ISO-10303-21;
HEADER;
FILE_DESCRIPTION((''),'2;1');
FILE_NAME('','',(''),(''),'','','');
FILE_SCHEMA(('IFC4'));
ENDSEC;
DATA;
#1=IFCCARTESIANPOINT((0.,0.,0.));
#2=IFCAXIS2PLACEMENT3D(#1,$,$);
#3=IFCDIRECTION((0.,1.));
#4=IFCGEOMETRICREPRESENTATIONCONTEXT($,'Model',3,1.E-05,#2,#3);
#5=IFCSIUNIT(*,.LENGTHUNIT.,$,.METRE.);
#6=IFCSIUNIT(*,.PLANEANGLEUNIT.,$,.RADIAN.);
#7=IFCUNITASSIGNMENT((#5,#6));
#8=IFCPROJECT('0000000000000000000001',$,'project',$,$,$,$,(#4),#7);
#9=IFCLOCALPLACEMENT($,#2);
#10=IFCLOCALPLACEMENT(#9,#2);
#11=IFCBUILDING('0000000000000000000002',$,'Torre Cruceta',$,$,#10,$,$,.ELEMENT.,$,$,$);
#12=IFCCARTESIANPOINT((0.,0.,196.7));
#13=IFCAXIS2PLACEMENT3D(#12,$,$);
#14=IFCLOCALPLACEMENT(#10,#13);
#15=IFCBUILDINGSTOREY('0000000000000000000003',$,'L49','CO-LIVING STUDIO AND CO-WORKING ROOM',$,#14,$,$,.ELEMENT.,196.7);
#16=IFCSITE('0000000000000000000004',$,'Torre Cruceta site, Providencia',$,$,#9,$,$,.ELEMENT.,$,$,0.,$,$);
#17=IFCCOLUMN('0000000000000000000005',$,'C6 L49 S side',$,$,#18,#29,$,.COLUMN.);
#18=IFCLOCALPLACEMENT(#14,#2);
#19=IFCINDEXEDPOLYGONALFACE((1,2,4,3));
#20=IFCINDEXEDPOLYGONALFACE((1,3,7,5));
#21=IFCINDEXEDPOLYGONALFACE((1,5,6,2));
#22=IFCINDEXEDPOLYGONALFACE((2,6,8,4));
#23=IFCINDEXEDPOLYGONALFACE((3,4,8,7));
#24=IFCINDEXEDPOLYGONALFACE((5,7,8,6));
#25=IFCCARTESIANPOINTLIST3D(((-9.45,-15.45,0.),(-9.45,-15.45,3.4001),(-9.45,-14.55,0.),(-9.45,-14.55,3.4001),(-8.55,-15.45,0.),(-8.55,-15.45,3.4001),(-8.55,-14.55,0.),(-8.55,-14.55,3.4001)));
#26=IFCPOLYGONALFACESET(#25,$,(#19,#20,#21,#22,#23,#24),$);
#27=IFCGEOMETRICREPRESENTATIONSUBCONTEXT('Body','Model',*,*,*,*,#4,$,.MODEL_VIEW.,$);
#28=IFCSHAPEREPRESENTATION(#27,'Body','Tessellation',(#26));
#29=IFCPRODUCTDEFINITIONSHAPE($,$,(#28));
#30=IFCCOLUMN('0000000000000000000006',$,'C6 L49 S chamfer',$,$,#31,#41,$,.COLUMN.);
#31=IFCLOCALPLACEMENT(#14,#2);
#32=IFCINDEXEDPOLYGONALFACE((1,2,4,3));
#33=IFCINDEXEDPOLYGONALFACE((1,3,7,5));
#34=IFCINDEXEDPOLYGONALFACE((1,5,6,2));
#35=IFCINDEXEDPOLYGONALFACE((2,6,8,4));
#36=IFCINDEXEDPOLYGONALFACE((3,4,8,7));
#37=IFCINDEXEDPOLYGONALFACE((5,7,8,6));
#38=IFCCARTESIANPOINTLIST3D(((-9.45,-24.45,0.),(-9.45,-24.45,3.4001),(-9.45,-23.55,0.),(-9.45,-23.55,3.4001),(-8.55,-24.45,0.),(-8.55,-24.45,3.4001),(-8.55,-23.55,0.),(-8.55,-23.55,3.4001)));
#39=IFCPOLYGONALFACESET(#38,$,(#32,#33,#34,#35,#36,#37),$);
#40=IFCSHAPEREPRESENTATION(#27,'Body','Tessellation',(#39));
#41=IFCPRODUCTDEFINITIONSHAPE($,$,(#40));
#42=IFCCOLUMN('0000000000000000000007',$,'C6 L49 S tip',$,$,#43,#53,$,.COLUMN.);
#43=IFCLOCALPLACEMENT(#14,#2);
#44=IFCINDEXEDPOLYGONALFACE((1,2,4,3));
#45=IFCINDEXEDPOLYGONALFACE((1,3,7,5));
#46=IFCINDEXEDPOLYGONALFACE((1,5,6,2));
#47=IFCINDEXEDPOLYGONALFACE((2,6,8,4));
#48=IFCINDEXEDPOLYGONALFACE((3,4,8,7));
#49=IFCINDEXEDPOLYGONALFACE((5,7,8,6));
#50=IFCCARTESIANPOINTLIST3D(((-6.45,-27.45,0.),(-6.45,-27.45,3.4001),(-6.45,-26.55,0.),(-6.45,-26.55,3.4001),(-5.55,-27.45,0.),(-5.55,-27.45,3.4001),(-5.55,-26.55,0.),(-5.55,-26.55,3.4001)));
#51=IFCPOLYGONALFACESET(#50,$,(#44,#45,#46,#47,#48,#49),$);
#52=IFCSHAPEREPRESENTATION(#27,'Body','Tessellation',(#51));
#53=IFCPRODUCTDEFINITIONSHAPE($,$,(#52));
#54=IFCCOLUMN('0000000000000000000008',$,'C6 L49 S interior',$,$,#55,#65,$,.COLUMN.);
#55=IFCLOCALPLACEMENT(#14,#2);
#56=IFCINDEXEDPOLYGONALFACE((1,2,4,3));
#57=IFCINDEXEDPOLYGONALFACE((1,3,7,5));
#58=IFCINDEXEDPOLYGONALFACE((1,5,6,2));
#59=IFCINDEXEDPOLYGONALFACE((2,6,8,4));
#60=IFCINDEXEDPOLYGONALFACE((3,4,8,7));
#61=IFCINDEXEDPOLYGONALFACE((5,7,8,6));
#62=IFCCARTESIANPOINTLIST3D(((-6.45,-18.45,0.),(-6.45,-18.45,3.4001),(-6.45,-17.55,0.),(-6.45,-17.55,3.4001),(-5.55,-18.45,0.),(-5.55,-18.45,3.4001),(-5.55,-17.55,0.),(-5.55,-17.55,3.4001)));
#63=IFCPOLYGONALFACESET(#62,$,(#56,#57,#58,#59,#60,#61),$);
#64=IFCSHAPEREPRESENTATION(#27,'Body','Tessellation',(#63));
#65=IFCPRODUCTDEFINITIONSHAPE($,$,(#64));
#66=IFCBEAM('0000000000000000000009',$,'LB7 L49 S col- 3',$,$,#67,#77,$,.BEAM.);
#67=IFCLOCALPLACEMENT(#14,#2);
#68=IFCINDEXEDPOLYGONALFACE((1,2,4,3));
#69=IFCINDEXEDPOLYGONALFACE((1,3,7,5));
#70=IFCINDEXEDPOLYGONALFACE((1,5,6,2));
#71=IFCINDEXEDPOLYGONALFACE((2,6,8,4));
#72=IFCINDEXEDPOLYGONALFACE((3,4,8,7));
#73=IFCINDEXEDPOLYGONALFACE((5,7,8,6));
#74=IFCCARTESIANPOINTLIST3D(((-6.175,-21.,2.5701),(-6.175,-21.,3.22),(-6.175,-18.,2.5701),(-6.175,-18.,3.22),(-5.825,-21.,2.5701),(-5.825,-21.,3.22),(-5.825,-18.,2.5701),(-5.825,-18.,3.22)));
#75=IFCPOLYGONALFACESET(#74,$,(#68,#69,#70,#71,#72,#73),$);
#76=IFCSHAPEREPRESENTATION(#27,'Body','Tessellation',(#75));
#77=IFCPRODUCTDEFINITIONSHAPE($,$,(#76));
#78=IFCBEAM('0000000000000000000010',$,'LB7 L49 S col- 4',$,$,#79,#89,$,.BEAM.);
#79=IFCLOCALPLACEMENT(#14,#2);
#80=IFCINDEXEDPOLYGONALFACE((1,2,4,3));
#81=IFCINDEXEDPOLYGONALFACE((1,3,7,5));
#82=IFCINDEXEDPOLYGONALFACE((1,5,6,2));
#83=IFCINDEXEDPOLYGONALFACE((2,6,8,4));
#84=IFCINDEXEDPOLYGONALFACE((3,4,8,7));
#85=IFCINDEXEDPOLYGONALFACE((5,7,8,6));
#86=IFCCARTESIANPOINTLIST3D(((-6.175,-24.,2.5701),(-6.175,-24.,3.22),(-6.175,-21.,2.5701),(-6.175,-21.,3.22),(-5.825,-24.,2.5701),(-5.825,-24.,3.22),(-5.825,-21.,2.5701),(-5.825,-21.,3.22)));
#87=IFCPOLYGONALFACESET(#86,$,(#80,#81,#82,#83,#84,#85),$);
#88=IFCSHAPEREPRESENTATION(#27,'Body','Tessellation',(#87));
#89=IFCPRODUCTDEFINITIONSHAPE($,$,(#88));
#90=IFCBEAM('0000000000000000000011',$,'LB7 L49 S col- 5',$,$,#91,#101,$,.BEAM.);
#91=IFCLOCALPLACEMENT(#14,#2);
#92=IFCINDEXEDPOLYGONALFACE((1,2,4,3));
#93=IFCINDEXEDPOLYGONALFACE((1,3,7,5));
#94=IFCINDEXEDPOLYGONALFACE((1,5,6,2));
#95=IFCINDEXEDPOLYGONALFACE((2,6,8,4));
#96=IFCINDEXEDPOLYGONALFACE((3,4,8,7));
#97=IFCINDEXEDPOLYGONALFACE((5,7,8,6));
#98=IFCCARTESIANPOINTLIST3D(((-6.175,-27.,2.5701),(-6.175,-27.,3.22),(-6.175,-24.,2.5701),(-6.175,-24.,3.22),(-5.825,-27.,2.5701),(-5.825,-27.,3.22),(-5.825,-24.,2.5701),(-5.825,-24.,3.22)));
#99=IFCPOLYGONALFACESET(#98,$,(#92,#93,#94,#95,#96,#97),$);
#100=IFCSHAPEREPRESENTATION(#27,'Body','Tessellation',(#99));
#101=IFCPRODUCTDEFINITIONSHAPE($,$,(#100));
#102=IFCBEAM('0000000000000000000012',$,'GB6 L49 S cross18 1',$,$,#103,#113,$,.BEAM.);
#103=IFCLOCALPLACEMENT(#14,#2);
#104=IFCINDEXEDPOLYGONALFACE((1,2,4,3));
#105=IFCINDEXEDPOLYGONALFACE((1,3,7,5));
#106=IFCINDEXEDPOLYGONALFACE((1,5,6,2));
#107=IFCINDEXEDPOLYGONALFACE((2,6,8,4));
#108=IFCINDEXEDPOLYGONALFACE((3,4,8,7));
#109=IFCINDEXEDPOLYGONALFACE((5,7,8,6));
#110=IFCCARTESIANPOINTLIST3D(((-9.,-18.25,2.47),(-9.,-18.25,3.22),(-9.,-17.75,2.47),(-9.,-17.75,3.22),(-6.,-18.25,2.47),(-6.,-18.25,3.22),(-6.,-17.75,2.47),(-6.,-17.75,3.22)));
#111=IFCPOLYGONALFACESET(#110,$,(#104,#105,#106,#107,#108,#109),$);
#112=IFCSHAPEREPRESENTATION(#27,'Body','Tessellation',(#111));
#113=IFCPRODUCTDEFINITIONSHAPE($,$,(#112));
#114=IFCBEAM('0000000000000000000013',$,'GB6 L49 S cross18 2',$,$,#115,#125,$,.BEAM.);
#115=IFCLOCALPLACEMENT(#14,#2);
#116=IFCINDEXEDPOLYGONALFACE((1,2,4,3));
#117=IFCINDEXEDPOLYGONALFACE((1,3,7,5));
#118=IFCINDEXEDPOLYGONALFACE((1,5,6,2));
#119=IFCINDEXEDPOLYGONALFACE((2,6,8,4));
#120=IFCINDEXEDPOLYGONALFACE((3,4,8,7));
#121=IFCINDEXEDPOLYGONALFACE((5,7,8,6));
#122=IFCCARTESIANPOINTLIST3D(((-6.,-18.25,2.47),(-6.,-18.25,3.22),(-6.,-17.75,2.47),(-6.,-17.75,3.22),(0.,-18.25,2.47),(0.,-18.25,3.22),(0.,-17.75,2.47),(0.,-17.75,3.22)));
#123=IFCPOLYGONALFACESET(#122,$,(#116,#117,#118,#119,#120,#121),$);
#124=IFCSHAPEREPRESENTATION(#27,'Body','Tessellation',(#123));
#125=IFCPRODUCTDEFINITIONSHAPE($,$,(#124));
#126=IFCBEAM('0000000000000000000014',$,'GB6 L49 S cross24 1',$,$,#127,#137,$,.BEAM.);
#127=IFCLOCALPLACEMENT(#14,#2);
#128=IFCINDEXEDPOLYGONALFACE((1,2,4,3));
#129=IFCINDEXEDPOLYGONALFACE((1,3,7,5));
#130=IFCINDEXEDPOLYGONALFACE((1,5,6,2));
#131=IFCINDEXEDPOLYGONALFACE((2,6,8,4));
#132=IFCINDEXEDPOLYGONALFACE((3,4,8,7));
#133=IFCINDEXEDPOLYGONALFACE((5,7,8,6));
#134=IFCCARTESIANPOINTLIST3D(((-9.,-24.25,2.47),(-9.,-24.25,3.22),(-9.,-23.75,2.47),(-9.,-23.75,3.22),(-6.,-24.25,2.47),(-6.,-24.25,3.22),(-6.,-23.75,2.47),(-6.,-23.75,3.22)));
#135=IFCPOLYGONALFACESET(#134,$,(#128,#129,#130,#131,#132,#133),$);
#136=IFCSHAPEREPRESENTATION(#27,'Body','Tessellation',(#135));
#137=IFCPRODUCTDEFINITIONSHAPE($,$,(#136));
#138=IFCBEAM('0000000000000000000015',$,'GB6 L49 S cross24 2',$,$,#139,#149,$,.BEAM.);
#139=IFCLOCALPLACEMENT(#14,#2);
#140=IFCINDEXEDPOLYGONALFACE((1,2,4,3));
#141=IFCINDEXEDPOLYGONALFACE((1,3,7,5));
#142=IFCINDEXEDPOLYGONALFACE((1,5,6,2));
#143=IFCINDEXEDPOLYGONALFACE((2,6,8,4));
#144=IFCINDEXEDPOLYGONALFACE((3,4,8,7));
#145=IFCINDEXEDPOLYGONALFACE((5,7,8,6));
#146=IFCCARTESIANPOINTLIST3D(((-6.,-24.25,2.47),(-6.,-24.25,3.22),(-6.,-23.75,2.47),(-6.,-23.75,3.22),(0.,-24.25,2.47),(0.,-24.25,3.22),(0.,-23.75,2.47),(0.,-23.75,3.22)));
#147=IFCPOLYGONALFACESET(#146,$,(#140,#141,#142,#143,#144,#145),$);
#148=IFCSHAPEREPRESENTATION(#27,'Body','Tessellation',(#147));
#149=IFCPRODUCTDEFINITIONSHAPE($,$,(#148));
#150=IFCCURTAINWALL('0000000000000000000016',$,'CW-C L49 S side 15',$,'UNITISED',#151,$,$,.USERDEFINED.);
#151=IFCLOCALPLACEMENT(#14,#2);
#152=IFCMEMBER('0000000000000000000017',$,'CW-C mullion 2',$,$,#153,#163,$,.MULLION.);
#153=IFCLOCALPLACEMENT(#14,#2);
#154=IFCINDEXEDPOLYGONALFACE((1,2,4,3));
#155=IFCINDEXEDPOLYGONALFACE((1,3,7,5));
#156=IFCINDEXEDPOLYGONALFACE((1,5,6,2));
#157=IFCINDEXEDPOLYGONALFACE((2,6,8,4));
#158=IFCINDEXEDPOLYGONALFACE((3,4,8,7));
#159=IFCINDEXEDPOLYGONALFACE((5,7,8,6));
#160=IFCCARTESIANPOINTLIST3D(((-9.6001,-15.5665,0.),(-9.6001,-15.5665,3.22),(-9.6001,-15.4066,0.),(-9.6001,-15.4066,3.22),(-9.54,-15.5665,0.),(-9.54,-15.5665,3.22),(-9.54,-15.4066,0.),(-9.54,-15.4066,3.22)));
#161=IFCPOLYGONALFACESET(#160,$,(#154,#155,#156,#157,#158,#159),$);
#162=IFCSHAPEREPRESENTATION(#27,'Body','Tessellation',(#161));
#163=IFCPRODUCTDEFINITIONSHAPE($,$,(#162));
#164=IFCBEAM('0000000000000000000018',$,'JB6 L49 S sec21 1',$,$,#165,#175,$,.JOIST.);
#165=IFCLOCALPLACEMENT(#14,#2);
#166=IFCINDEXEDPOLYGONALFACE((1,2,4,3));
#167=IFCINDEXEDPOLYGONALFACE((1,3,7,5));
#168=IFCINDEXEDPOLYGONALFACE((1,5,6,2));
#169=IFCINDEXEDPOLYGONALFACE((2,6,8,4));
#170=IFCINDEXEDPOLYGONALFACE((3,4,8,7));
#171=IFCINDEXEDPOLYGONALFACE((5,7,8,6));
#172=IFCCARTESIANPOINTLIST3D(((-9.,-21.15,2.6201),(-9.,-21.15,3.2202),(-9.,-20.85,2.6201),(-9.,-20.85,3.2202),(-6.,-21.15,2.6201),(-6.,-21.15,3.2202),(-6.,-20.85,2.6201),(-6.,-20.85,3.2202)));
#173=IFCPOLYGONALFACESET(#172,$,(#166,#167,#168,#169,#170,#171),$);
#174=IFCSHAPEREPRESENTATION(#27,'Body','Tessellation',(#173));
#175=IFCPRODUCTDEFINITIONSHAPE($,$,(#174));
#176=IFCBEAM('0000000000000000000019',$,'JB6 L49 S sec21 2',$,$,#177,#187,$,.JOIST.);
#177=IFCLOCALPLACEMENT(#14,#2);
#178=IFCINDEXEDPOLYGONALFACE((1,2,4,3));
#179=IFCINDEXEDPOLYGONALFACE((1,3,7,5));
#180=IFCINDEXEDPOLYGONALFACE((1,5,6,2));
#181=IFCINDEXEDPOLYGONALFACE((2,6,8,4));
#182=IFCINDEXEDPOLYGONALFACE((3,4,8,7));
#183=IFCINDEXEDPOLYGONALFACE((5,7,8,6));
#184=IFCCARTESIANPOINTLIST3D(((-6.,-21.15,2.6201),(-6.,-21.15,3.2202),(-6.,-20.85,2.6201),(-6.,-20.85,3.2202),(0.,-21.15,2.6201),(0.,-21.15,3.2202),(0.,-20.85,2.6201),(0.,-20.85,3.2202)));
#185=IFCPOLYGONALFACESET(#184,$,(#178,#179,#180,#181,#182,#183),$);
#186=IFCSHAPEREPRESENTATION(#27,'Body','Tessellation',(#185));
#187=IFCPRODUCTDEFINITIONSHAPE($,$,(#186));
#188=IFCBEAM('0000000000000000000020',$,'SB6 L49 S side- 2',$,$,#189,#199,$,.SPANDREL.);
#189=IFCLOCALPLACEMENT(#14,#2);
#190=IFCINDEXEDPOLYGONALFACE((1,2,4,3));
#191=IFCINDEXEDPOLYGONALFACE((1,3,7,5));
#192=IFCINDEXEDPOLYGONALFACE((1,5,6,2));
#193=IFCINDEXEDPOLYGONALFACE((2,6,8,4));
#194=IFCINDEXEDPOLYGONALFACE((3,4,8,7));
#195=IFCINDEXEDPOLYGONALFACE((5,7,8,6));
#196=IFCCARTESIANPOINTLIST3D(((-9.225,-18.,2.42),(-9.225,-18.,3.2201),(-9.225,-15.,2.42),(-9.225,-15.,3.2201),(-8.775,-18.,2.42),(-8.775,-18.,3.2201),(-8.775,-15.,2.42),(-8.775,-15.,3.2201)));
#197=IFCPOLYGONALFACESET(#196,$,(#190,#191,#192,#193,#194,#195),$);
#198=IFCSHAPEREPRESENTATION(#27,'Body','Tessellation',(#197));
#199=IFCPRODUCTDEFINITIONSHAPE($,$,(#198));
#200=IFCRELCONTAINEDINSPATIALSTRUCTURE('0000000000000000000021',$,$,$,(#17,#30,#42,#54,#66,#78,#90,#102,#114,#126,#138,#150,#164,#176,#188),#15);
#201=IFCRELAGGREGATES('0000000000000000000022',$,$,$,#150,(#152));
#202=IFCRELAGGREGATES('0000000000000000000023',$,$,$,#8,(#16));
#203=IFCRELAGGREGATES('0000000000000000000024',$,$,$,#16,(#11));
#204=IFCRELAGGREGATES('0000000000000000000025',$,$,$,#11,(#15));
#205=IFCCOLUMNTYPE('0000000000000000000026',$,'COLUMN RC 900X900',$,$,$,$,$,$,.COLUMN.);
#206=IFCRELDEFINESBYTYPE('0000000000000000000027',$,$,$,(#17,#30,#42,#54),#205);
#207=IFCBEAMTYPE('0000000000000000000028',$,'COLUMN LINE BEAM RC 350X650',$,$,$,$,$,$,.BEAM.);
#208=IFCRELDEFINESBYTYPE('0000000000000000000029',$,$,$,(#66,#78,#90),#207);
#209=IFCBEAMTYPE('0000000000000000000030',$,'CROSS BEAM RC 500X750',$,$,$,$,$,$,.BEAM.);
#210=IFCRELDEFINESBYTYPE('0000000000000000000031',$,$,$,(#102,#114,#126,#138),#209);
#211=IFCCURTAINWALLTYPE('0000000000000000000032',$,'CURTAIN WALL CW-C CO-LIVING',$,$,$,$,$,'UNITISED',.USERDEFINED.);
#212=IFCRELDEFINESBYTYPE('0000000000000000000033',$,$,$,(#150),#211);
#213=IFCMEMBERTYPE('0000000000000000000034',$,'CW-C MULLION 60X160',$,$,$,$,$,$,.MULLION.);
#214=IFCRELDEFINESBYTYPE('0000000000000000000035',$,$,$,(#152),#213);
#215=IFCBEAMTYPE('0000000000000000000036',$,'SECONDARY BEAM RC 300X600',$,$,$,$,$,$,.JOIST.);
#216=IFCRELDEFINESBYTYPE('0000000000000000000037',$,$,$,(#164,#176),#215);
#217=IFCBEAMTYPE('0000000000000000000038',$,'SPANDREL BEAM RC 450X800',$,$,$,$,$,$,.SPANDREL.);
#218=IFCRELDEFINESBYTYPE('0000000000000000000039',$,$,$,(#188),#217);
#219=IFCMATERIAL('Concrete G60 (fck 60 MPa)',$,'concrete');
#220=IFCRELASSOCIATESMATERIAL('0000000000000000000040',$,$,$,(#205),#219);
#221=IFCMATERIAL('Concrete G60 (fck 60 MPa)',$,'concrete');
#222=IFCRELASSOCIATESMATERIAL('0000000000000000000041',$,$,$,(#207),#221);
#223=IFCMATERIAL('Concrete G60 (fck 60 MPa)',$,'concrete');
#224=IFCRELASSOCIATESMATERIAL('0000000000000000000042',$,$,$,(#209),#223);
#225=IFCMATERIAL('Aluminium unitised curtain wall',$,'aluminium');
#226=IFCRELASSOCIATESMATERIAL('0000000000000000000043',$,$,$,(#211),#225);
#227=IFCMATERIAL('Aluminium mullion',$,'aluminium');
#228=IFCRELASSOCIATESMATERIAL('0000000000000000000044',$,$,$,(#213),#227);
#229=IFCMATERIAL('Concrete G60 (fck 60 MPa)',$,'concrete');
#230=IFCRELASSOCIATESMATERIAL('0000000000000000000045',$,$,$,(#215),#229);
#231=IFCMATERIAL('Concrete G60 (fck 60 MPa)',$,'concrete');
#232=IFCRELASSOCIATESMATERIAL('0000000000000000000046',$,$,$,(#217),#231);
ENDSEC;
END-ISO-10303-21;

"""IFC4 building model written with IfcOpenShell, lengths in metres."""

from ifc_helpers import new_model, si_unit, direction, frame, origin, origin_2d, place, context, subcontext, project, spatial, rectangle, extrude, material, material_profile, profile_set, type_object, element, aggregate, save


model = new_model("IFC4")

# Units and contexts
model_context = context("Model", 3, precision=1e-05, world=origin(), true_north=direction((0.0, 1.0)))
body_context = subcontext(model_context, "Body", "Model", "MODEL_VIEW")
ifc_project = project(units=[si_unit("LENGTHUNIT", "METRE"), si_unit("PLANEANGLEUNIT", "RADIAN")], contexts=[model_context])

# Site, building, storey
site_placement = place(None, origin())
site = spatial("IfcSite", under=ifc_project, at=site_placement, Name="Torre Cruceta site, Providencia", CompositionType="ELEMENT", RefElevation=0.0)
building_placement = place(site_placement, origin())
building = spatial("IfcBuilding", under=site, at=building_placement, Name="Torre Cruceta", CompositionType="ELEMENT")
storey_placement = place(building_placement, frame((0.0, 0.0, 196.7)))
storey = spatial("IfcBuildingStorey", under=building, at=storey_placement, Name="L49", Description="CO-LIVING STUDIO AND CO-WORKING ROOM", CompositionType="ELEMENT", Elevation=196.7)

# Columns
ifc_material_1 = material(Name="Concrete G60 (fck 60 MPa)", Category="concrete")
ifc_material_profile_1 = material_profile(ifc_material_1, rectangle(XDim=0.8999, YDim=0.8999, at=origin_2d()), Name="RC 900X900")
ifc_profile_set_1 = profile_set([ifc_material_profile_1], Name="Concrete G60 (fck 60 MPa)")
column_type = type_object("IfcColumnType", Name="COLUMN RC 900X900", PredefinedType="COLUMN", material=ifc_profile_set_1)
for number, where, z_axis, x_axis, name in (
    (1, (-9.0, -15.0, 0.0), (0.0, 0.0, 1.0), (1.0, 0.0, 0.0), "C6 L49 S side"),
    (2, (-9.0, -24.0, 0.0), (0.0, 0.0, 1.0), (1.0, 0.0, 0.0), "C6 L49 S chamfer"),
    (3, (-6.0, -27.0, 0.0), (0.0, 0.0, 1.0), (1.0, 0.0, 0.0), "C6 L49 S tip"),
    (4, (-6.0, -18.0, 0.0), (0.0, 0.0, 1.0), (1.0, 0.0, 0.0), "C6 L49 S interior"),
):
    element("IfcColumn", number, at=place(storey_placement, frame(where, z_axis=z_axis, x_axis=x_axis)), inside=storey, type_object=column_type, Name=name, PredefinedType="COLUMN", context=body_context, shape_type="SweptSolid", body=[
        extrude(rectangle(XDim=0.8999, YDim=0.8999, at=origin_2d()), origin(), (0.0, 0.0, 1.0), 3.4001),
    ])

# Beams
ifc_material_2 = material(Name="Concrete G60 (fck 60 MPa)", Category="concrete")
ifc_material_profile_2 = material_profile(ifc_material_2, rectangle(XDim=0.3501, YDim=0.6499, at=origin_2d()), Name="RC 350X650")
ifc_profile_set_2 = profile_set([ifc_material_profile_2], Name="Concrete G60 (fck 60 MPa)")
beam_type_1 = type_object("IfcBeamType", Name="COLUMN LINE BEAM RC 350X650", PredefinedType="BEAM", material=ifc_profile_set_2)
for number, where, z_axis, x_axis, name in (
    (5, (-6.0, -18.0, 2.895), (0.0, -1.0, 0.0), (1.0, 0.0, 0.0), "LB7 L49 S col- 3"),
    (6, (-6.0, -21.0, 2.895), (0.0, -1.0, 0.0), (1.0, 0.0, 0.0), "LB7 L49 S col- 4"),
    (7, (-6.0, -24.0, 2.895), (0.0, -1.0, 0.0), (1.0, 0.0, 0.0), "LB7 L49 S col- 5"),
):
    element("IfcBeam", number, at=place(storey_placement, frame(where, z_axis=z_axis, x_axis=x_axis)), inside=storey, type_object=beam_type_1, Name=name, PredefinedType="BEAM", context=body_context, shape_type="SweptSolid", body=[
        extrude(rectangle(XDim=0.3501, YDim=0.6499, at=origin_2d()), origin(), (0.0, 0.0, 1.0), 3.0),
    ])
ifc_material_3 = material(Name="Concrete G60 (fck 60 MPa)", Category="concrete")
ifc_material_profile_3 = material_profile(ifc_material_3, rectangle(XDim=0.5, YDim=0.75, at=origin_2d()), Name="RC 500X750")
ifc_profile_set_3 = profile_set([ifc_material_profile_3], Name="Concrete G60 (fck 60 MPa)")
beam_type_2 = type_object("IfcBeamType", Name="CROSS BEAM RC 500X750", PredefinedType="BEAM", material=ifc_profile_set_3)
beam_1_placement = place(storey_placement, frame((-9.0, -18.0, 2.845), z_axis=(1.0, 0.0, 0.0), x_axis=(0.0, 1.0, 0.0)))
element("IfcBeam", 8, at=beam_1_placement, inside=storey, type_object=beam_type_2, Name="GB6 L49 S cross18 1", PredefinedType="BEAM", context=body_context, shape_type="SweptSolid", body=[
    extrude(rectangle(XDim=0.5, YDim=0.75, at=origin_2d()), origin(), (0.0, 0.0, 1.0), 3.0),
])
beam_2_placement = place(storey_placement, frame((-6.0, -18.0, 2.845), z_axis=(1.0, 0.0, 0.0), x_axis=(0.0, 1.0, 0.0)))
element("IfcBeam", 9, at=beam_2_placement, inside=storey, type_object=beam_type_2, Name="GB6 L49 S cross18 2", PredefinedType="BEAM", context=body_context, shape_type="SweptSolid", body=[
    extrude(rectangle(XDim=0.5, YDim=0.75, at=origin_2d()), origin(), (0.0, 0.0, 1.0), 6.0),
])
beam_3_placement = place(storey_placement, frame((-9.0, -24.0, 2.845), z_axis=(1.0, 0.0, 0.0), x_axis=(0.0, 1.0, 0.0)))
element("IfcBeam", 10, at=beam_3_placement, inside=storey, type_object=beam_type_2, Name="GB6 L49 S cross24 1", PredefinedType="BEAM", context=body_context, shape_type="SweptSolid", body=[
    extrude(rectangle(XDim=0.5, YDim=0.75, at=origin_2d()), origin(), (0.0, 0.0, 1.0), 3.0),
])
beam_4_placement = place(storey_placement, frame((-6.0, -24.0, 2.845), z_axis=(1.0, 0.0, 0.0), x_axis=(0.0, 1.0, 0.0)))
element("IfcBeam", 11, at=beam_4_placement, inside=storey, type_object=beam_type_2, Name="GB6 L49 S cross24 2", PredefinedType="BEAM", context=body_context, shape_type="SweptSolid", body=[
    extrude(rectangle(XDim=0.5, YDim=0.75, at=origin_2d()), origin(), (0.0, 0.0, 1.0), 6.0),
])

# Curtain wall, member
ifc_material_4 = material(Name="Aluminium unitised curtain wall", Category="aluminium")
curtain_wall_type = type_object("IfcCurtainWallType", Name="CURTAIN WALL CW-C CO-LIVING", ElementType="UNITISED", PredefinedType="USERDEFINED", material=ifc_material_4)
curtain_wall_placement = place(storey_placement, origin())
curtain_wall = element("IfcCurtainWall", 12, at=curtain_wall_placement, inside=storey, type_object=curtain_wall_type, Name="CW-C L49 S side 15", ObjectType="UNITISED", PredefinedType="USERDEFINED")
ifc_material_5 = material(Name="Aluminium mullion", Category="aluminium")
ifc_material_profile_4 = material_profile(ifc_material_5, rectangle(XDim=0.0601, YDim=0.1599, at=origin_2d()), Name="AL 60X160")
ifc_profile_set_4 = profile_set([ifc_material_profile_4], Name="Aluminium mullion")
member_type = type_object("IfcMemberType", Name="CW-C MULLION 60X160", PredefinedType="MULLION", material=ifc_profile_set_4)
member_placement = place(storey_placement, frame((-9.5701, -15.4866, 0.0), z_axis=(0.0, 0.0, 1.0), x_axis=(1.0, 0.0, 0.0)))
member = element("IfcMember", 13, at=member_placement, type_object=member_type, Name="CW-C mullion 2", PredefinedType="MULLION", context=body_context, shape_type="SweptSolid", body=[
    extrude(rectangle(XDim=0.0601, YDim=0.1599, at=origin_2d()), origin(), (0.0, 0.0, 1.0), 3.22),
])
aggregate(curtain_wall, [member])

# Beams
ifc_material_6 = material(Name="Concrete G60 (fck 60 MPa)", Category="concrete")
ifc_material_profile_5 = material_profile(ifc_material_6, rectangle(XDim=0.3, YDim=0.6001, at=origin_2d()), Name="RC 300X600")
ifc_profile_set_5 = profile_set([ifc_material_profile_5], Name="Concrete G60 (fck 60 MPa)")
beam_type_3 = type_object("IfcBeamType", Name="SECONDARY BEAM RC 300X600", PredefinedType="JOIST", material=ifc_profile_set_5)
beam_5_placement = place(storey_placement, frame((-9.0, -21.0, 2.9202), z_axis=(1.0, 0.0, 0.0), x_axis=(0.0, 1.0, 0.0)))
element("IfcBeam", 14, at=beam_5_placement, inside=storey, type_object=beam_type_3, Name="JB6 L49 S sec21 1", PredefinedType="JOIST", context=body_context, shape_type="SweptSolid", body=[
    extrude(rectangle(XDim=0.3, YDim=0.6001, at=origin_2d()), origin(), (0.0, 0.0, 1.0), 3.0),
])
beam_6_placement = place(storey_placement, frame((-6.0, -21.0, 2.9202), z_axis=(1.0, 0.0, 0.0), x_axis=(0.0, 1.0, 0.0)))
element("IfcBeam", 15, at=beam_6_placement, inside=storey, type_object=beam_type_3, Name="JB6 L49 S sec21 2", PredefinedType="JOIST", context=body_context, shape_type="SweptSolid", body=[
    extrude(rectangle(XDim=0.3, YDim=0.6001, at=origin_2d()), origin(), (0.0, 0.0, 1.0), 6.0),
])
ifc_material_7 = material(Name="Concrete G60 (fck 60 MPa)", Category="concrete")
ifc_material_profile_6 = material_profile(ifc_material_7, rectangle(XDim=0.45, YDim=0.8, at=origin_2d()), Name="RC 450X800")
ifc_profile_set_6 = profile_set([ifc_material_profile_6], Name="Concrete G60 (fck 60 MPa)")
beam_type_4 = type_object("IfcBeamType", Name="SPANDREL BEAM RC 450X800", PredefinedType="SPANDREL", material=ifc_profile_set_6)
for number, where, z_axis, x_axis, name in (
    (16, (-9.0, -15.0, 2.8201), (0.0, -1.0, 0.0), (1.0, 0.0, 0.0), "SB6 L49 S side- 2"),
):
    element("IfcBeam", number, at=place(storey_placement, frame(where, z_axis=z_axis, x_axis=x_axis)), inside=storey, type_object=beam_type_4, Name=name, PredefinedType="SPANDREL", context=body_context, shape_type="SweptSolid", body=[
        extrude(rectangle(XDim=0.45, YDim=0.8, at=origin_2d()), origin(), (0.0, 0.0, 1.0), 3.0),
    ])

save(model, "model.ifc")
